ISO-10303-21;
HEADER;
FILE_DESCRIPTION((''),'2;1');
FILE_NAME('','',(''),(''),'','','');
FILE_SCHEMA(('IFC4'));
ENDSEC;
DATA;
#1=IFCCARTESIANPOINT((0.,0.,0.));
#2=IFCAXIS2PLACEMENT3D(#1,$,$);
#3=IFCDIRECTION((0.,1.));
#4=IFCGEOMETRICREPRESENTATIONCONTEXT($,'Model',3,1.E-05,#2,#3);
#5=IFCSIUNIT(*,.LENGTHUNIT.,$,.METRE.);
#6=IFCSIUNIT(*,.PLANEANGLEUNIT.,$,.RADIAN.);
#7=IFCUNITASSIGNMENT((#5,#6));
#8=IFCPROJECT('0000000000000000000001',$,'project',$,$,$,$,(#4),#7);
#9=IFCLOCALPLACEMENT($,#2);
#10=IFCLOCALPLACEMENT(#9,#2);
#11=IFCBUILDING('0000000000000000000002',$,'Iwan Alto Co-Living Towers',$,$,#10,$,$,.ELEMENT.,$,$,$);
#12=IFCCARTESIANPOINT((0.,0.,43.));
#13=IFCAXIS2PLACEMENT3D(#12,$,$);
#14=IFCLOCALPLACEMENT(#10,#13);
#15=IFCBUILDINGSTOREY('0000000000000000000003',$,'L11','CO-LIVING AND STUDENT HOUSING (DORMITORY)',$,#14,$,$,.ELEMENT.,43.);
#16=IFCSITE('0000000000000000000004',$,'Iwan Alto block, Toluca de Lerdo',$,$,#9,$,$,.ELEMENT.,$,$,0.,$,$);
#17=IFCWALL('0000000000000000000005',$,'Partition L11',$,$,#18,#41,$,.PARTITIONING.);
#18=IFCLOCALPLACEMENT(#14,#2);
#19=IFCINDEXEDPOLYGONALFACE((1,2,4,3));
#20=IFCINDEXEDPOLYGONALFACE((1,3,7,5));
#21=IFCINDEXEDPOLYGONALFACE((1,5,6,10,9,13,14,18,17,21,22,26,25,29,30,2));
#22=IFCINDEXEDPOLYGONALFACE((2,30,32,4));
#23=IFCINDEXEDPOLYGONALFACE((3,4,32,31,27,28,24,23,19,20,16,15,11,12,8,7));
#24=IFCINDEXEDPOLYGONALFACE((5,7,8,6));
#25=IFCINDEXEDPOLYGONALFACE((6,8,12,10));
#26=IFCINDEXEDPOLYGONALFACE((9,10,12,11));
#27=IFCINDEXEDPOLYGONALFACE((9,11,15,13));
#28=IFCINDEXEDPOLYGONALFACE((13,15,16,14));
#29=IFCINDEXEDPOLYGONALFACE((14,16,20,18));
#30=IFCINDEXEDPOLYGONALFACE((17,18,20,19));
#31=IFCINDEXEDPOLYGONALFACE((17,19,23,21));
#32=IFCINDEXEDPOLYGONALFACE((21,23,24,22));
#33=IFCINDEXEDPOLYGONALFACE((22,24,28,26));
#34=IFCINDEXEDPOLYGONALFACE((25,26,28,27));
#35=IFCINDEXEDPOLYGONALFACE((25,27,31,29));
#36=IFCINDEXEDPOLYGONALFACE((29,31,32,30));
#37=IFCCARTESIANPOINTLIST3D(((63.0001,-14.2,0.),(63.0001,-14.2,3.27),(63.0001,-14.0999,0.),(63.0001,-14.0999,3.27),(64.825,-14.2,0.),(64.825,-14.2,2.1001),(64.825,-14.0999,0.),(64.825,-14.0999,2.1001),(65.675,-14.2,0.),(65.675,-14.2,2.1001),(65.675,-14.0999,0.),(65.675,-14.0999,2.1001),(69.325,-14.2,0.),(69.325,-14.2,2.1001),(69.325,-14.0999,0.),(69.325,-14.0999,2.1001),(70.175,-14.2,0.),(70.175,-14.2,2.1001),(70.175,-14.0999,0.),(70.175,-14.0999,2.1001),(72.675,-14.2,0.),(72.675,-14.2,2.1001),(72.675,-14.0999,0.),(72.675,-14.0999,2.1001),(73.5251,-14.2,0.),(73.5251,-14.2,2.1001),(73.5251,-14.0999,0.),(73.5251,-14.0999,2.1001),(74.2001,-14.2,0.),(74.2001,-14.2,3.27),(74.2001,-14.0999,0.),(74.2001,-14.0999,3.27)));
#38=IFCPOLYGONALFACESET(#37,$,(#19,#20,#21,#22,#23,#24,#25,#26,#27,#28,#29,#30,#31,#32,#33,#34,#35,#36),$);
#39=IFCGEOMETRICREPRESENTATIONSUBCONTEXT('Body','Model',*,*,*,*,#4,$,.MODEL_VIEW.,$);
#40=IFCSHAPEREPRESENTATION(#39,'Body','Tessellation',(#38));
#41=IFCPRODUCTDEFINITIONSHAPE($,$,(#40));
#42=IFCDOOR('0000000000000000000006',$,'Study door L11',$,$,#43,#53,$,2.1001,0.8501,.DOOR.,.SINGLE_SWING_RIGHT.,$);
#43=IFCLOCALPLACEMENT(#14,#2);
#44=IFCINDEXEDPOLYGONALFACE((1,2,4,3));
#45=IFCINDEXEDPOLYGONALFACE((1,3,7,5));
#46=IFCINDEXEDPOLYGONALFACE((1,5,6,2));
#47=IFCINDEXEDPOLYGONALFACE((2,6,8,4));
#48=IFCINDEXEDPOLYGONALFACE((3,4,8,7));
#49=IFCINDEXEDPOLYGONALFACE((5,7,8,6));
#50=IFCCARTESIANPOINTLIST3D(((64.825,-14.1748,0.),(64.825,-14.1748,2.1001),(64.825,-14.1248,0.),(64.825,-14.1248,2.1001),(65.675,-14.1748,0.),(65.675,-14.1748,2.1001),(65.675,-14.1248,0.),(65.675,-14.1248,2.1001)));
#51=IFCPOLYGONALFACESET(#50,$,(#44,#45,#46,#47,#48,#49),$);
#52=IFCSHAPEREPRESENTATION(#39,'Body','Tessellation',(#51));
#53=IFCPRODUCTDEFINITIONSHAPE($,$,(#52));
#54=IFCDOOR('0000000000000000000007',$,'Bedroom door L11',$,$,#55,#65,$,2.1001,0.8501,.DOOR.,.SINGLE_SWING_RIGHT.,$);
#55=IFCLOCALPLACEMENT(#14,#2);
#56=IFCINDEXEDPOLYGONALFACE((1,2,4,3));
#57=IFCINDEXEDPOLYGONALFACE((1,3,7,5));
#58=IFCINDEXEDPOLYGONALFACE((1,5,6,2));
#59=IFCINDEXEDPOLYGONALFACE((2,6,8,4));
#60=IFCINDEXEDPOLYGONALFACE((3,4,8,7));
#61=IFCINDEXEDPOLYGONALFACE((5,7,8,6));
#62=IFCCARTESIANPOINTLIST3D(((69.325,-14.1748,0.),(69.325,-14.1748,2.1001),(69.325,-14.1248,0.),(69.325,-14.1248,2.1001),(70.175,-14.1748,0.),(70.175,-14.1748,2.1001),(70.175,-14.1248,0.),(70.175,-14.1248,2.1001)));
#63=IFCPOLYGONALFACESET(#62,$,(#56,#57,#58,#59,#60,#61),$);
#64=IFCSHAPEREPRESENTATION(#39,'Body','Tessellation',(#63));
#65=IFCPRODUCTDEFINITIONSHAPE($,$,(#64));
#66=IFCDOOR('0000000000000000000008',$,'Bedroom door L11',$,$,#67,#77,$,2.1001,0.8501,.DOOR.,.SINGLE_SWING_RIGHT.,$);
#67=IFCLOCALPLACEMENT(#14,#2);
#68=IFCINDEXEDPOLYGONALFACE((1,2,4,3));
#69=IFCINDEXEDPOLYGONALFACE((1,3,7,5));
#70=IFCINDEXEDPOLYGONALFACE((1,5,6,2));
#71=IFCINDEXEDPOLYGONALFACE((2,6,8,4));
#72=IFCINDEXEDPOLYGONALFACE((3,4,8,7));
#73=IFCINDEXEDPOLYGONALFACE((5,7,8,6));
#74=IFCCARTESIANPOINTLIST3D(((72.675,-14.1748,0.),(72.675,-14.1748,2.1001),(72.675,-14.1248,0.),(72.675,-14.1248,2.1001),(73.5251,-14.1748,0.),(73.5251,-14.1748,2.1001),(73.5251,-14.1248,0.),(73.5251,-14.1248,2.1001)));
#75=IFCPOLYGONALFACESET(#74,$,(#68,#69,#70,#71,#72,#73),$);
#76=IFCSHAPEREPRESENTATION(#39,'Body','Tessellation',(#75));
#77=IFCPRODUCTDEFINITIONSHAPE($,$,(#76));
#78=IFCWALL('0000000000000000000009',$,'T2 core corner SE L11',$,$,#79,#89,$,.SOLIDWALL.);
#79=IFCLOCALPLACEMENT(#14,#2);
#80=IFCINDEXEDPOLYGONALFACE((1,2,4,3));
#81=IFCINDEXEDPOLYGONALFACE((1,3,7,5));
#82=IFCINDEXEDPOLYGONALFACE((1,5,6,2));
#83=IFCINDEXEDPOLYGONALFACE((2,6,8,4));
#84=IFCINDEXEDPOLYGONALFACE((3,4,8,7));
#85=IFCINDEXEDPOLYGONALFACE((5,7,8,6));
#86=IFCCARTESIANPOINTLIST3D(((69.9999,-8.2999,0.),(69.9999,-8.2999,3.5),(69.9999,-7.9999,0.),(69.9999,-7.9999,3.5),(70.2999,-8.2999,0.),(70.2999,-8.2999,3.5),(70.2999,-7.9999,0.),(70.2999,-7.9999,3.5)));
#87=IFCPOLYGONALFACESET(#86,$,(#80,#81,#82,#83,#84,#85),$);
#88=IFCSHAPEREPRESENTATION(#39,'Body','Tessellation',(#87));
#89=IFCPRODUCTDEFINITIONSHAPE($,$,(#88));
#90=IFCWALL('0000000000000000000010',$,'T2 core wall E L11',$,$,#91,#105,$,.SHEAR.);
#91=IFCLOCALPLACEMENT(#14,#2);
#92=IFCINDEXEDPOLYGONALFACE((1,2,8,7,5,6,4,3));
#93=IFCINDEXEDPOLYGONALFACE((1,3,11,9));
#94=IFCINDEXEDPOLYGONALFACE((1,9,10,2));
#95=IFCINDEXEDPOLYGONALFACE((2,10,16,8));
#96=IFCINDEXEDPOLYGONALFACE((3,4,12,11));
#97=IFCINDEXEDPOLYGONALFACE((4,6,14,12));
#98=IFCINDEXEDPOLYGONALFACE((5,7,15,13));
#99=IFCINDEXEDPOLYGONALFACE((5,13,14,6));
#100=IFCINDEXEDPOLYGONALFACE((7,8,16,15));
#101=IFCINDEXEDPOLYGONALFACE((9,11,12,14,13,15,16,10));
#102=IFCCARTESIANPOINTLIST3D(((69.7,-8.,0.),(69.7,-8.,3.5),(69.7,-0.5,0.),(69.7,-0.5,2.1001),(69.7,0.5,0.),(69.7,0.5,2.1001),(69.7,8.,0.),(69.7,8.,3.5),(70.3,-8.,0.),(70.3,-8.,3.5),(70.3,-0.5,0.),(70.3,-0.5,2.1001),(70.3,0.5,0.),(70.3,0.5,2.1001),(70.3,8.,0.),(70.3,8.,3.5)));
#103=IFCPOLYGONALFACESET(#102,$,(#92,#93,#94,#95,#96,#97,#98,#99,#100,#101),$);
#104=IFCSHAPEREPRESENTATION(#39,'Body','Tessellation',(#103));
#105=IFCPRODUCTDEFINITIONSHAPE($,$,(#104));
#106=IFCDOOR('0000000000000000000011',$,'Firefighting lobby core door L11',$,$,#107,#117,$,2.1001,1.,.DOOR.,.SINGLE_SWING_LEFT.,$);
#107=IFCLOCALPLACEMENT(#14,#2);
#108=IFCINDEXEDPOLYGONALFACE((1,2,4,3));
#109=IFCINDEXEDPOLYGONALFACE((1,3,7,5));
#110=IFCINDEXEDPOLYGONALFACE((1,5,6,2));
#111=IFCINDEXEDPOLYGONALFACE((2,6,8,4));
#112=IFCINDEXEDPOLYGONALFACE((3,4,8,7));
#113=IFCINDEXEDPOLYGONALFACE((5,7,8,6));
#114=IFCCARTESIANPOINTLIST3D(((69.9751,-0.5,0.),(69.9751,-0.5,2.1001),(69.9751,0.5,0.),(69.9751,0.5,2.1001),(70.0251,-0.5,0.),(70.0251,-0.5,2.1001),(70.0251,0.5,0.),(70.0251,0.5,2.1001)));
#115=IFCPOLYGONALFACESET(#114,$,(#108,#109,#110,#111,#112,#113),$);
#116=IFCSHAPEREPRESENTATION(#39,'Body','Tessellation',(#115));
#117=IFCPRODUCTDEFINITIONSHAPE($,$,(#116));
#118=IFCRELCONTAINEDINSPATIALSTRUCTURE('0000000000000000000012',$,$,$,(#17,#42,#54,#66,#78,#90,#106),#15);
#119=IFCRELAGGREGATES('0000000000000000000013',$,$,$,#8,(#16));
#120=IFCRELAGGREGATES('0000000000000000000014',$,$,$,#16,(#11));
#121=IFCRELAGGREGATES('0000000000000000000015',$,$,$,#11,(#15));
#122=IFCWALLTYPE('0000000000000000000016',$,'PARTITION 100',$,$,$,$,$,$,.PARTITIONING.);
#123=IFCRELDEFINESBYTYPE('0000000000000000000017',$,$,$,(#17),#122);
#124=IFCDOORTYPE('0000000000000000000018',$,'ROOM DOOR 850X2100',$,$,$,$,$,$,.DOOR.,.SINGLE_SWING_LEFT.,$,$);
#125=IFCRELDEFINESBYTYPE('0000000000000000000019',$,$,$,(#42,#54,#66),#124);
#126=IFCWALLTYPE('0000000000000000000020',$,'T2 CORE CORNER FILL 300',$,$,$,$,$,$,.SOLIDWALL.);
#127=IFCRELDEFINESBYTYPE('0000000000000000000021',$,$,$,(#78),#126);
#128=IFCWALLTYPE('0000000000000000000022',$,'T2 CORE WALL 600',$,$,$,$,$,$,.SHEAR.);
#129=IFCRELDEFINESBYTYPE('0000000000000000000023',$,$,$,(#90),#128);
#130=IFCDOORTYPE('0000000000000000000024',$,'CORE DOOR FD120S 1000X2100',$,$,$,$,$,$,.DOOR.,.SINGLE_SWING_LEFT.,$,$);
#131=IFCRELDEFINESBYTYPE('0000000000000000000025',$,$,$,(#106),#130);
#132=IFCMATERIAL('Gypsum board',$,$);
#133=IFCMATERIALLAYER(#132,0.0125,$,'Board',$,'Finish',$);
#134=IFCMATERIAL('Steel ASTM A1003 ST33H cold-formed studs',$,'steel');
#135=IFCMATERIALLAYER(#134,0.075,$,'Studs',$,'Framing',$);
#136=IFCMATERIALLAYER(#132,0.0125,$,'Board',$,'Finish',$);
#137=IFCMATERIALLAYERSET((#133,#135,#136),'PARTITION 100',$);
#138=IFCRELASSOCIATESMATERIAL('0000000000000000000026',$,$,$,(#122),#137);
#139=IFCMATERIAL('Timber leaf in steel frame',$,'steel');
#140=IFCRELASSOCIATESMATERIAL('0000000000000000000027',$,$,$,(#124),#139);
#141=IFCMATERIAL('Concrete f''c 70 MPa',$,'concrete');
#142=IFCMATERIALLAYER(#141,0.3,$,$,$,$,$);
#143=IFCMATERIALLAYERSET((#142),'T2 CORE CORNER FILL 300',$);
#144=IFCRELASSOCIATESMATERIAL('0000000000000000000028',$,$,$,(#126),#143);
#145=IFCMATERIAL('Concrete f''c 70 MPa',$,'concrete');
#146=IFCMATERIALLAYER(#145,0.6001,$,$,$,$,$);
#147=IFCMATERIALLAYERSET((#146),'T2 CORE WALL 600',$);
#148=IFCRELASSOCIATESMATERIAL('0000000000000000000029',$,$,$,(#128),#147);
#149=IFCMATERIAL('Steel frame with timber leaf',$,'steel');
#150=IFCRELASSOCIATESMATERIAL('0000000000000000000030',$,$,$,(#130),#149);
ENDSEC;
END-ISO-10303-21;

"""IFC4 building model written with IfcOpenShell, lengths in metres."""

from ifc_helpers import new_model, si_unit, direction, frame, frame_2d, origin, place, context, subcontext, project, spatial, rectangle, extrude, material, layer, layer_set, type_object, element, fill, save


model = new_model("IFC4")

# Units and contexts
model_context = context("Model", 3, precision=1e-05, world=origin(), true_north=direction((0.0, 1.0)))
body_context = subcontext(model_context, "Body", "Model", "MODEL_VIEW")
ifc_project = project(units=[si_unit("LENGTHUNIT", "METRE"), si_unit("PLANEANGLEUNIT", "RADIAN")], contexts=[model_context])

# Site, building, storey
site_placement = place(None, origin())
site = spatial("IfcSite", under=ifc_project, at=site_placement, Name="Iwan Alto block, Toluca de Lerdo", CompositionType="ELEMENT", RefElevation=0.0)
building_placement = place(site_placement, origin())
building = spatial("IfcBuilding", under=site, at=building_placement, Name="Iwan Alto Co-Living Towers", CompositionType="ELEMENT")
storey_placement = place(building_placement, frame((0.0, 0.0, 43.0)))
storey = spatial("IfcBuildingStorey", under=building, at=storey_placement, Name="L11", Description="CO-LIVING AND STUDENT HOUSING (DORMITORY)", CompositionType="ELEMENT", Elevation=43.0)

# Shared definitions
ifc_material_1 = material(Name="Gypsum board")
ifc_material_2 = material(Name="Steel ASTM A1003 ST33H cold-formed studs", Category="steel")

# Wall, openings, doors
ifc_layer_1 = layer(ifc_material_1, 0.0125, Name="Board", Category="Finish")
ifc_layer_2 = layer(ifc_material_2, 0.075, Name="Studs", Category="Framing")
ifc_layer_3 = layer(ifc_material_1, 0.0125, Name="Board", Category="Finish")
ifc_layer_set_1 = layer_set([ifc_layer_1, ifc_layer_2, ifc_layer_3], Name="PARTITION 100")
wall_type_1 = type_object("IfcWallType", Name="PARTITION 100", PredefinedType="PARTITIONING", material=ifc_layer_set_1)
wall_1_placement = place(storey_placement, frame((63.0, -14.1499, 0.0), z_axis=(0.0, 0.0, 1.0), x_axis=(1.0, 0.0, 0.0)))
wall_1 = element("IfcWall", 1, at=wall_1_placement, inside=storey, type_object=wall_type_1, Name="Partition L11", PredefinedType="PARTITIONING", context=body_context, shape_type="SweptSolid", body=[
    extrude(rectangle(XDim=11.2, YDim=0.1001, at=frame_2d((5.6001, 0.0))), origin(), (0.0, 0.0, 1.0), 3.27),
])
opening_1_placement = place(wall_1_placement, frame((1.825, 0.0, 0.0)))
opening_1 = element("IfcOpeningElement", 2, at=opening_1_placement, cuts=wall_1, PredefinedType="OPENING", context=body_context, shape_type="SweptSolid", body=[
    extrude(rectangle(XDim=0.8501, YDim=2.1001, at=frame_2d((0.425, 1.05))), frame((0.0, 0.0601, 0.0), z_axis=(0.0, -1.0, 0.0), x_axis=(1.0, 0.0, 0.0)), (0.0, 0.0, 1.0), 0.1201),
])
opening_2_placement = place(wall_1_placement, frame((6.325, 0.0, 0.0)))
opening_2 = element("IfcOpeningElement", 3, at=opening_2_placement, cuts=wall_1, PredefinedType="OPENING", context=body_context, shape_type="SweptSolid", body=[
    extrude(rectangle(XDim=0.8501, YDim=2.1001, at=frame_2d((0.425, 1.05))), frame((0.0, 0.0601, 0.0), z_axis=(0.0, -1.0, 0.0), x_axis=(1.0, 0.0, 0.0)), (0.0, 0.0, 1.0), 0.1201),
])
opening_3_placement = place(wall_1_placement, frame((9.675, 0.0, 0.0)))
opening_3 = element("IfcOpeningElement", 4, at=opening_3_placement, cuts=wall_1, PredefinedType="OPENING", context=body_context, shape_type="SweptSolid", body=[
    extrude(rectangle(XDim=0.8501, YDim=2.1001, at=frame_2d((0.425, 1.05))), frame((0.0, 0.0601, 0.0), z_axis=(0.0, -1.0, 0.0), x_axis=(1.0, 0.0, 0.0)), (0.0, 0.0, 1.0), 0.1201),
])
ifc_material_3 = material(Name="Timber leaf in steel frame", Category="steel")
door_type_1 = type_object("IfcDoorType", Name="ROOM DOOR 850X2100", OperationType="SINGLE_SWING_LEFT", PredefinedType="DOOR", material=ifc_material_3)
door_1_placement = place(opening_1_placement, frame((0.8501, 0.0, 0.0), z_axis=(0.0, 0.0, 1.0), x_axis=(-1.0, 0.0, 0.0)))
door_1 = element("IfcDoor", 5, at=door_1_placement, inside=storey, type_object=door_type_1, Name="Study door L11", OperationType="SINGLE_SWING_RIGHT", OverallHeight=2.1001, OverallWidth=0.8501, PredefinedType="DOOR", context=body_context, shape_type="SweptSolid", body=[
    extrude(rectangle(XDim=0.8501, YDim=2.1001, at=frame_2d((0.425, 1.05))), frame((0.0, 0.0249, 0.0), z_axis=(0.0, -1.0, 0.0), x_axis=(1.0, 0.0, 0.0)), (0.0, 0.0, 1.0), 0.05),
])
fill(opening_1, door_1)
door_2_placement = place(opening_2_placement, frame((0.8501, 0.0, 0.0), z_axis=(0.0, 0.0, 1.0), x_axis=(-1.0, 0.0, 0.0)))
door_2 = element("IfcDoor", 6, at=door_2_placement, inside=storey, type_object=door_type_1, Name="Bedroom door L11", OperationType="SINGLE_SWING_RIGHT", OverallHeight=2.1001, OverallWidth=0.8501, PredefinedType="DOOR", context=body_context, shape_type="SweptSolid", body=[
    extrude(rectangle(XDim=0.8501, YDim=2.1001, at=frame_2d((0.425, 1.05))), frame((0.0, 0.0249, 0.0), z_axis=(0.0, -1.0, 0.0), x_axis=(1.0, 0.0, 0.0)), (0.0, 0.0, 1.0), 0.05),
])
fill(opening_2, door_2)
door_3_placement = place(opening_3_placement, frame((0.8501, 0.0, 0.0), z_axis=(0.0, 0.0, 1.0), x_axis=(-1.0, 0.0, 0.0)))
door_3 = element("IfcDoor", 7, at=door_3_placement, inside=storey, type_object=door_type_1, Name="Bedroom door L11", OperationType="SINGLE_SWING_RIGHT", OverallHeight=2.1001, OverallWidth=0.8501, PredefinedType="DOOR", context=body_context, shape_type="SweptSolid", body=[
    extrude(rectangle(XDim=0.8501, YDim=2.1001, at=frame_2d((0.425, 1.05))), frame((0.0, 0.0249, 0.0), z_axis=(0.0, -1.0, 0.0), x_axis=(1.0, 0.0, 0.0)), (0.0, 0.0, 1.0), 0.05),
])
fill(opening_3, door_3)

# Wall
ifc_material_4 = material(Name="Concrete f'c 70 MPa", Category="concrete")
ifc_layer_4 = layer(ifc_material_4, 0.3)
ifc_layer_set_2 = layer_set([ifc_layer_4], Name="T2 CORE CORNER FILL 300")
wall_type_2 = type_object("IfcWallType", Name="T2 CORE CORNER FILL 300", PredefinedType="SOLIDWALL", material=ifc_layer_set_2)
wall_2_placement = place(storey_placement, frame((70.0, -8.1499, 0.0), z_axis=(0.0, 0.0, 1.0), x_axis=(1.0, 0.0, 0.0)))
element("IfcWall", 8, at=wall_2_placement, inside=storey, type_object=wall_type_2, Name="T2 core corner SE L11", PredefinedType="SOLIDWALL", context=body_context, shape_type="SweptSolid", body=[
    extrude(rectangle(XDim=0.3, YDim=0.3, at=frame_2d((0.1499, 0.0))), origin(), (0.0, 0.0, 1.0), 3.5),
])

# Wall, opening, door
ifc_material_5 = material(Name="Concrete f'c 70 MPa", Category="concrete")
ifc_layer_5 = layer(ifc_material_5, 0.6001)
ifc_layer_set_3 = layer_set([ifc_layer_5], Name="T2 CORE WALL 600")
wall_type_3 = type_object("IfcWallType", Name="T2 CORE WALL 600", PredefinedType="SHEAR", material=ifc_layer_set_3)
wall_3_placement = place(storey_placement, frame((70.0, -8.0, 0.0), z_axis=(0.0, 0.0, 1.0), x_axis=(0.0, 1.0, 0.0)))
wall_3 = element("IfcWall", 9, at=wall_3_placement, inside=storey, type_object=wall_type_3, Name="T2 core wall E L11", PredefinedType="SHEAR", context=body_context, shape_type="SweptSolid", body=[
    extrude(rectangle(XDim=16.0, YDim=0.6001, at=frame_2d((8.0, 0.0))), origin(), (0.0, 0.0, 1.0), 3.5),
])
opening_4_placement = place(wall_3_placement, frame((7.5, 0.0, 0.0)))
opening_4 = element("IfcOpeningElement", 10, at=opening_4_placement, cuts=wall_3, PredefinedType="OPENING", context=body_context, shape_type="SweptSolid", body=[
    extrude(rectangle(XDim=1.0, YDim=2.1001, at=frame_2d((0.5, 1.05))), frame((0.0, 0.3101, 0.0), z_axis=(0.0, -1.0, 0.0), x_axis=(1.0, 0.0, 0.0)), (0.0, 0.0, 1.0), 0.6201),
])
ifc_material_6 = material(Name="Steel frame with timber leaf", Category="steel")
door_type_2 = type_object("IfcDoorType", Name="CORE DOOR FD120S 1000X2100", OperationType="SINGLE_SWING_LEFT", PredefinedType="DOOR", material=ifc_material_6)
door_4_placement = place(opening_4_placement, origin())
door_4 = element("IfcDoor", 11, at=door_4_placement, inside=storey, type_object=door_type_2, Name="Firefighting lobby core door L11", OperationType="SINGLE_SWING_LEFT", OverallHeight=2.1001, OverallWidth=1.0, PredefinedType="DOOR", context=body_context, shape_type="SweptSolid", body=[
    extrude(rectangle(XDim=1.0, YDim=2.1001, at=frame_2d((0.5, 1.05))), frame((0.0, 0.0249, 0.0), z_axis=(0.0, -1.0, 0.0), x_axis=(1.0, 0.0, 0.0)), (0.0, 0.0, 1.0), 0.05),
])
fill(opening_4, door_4)

save(model, "model.ifc")
